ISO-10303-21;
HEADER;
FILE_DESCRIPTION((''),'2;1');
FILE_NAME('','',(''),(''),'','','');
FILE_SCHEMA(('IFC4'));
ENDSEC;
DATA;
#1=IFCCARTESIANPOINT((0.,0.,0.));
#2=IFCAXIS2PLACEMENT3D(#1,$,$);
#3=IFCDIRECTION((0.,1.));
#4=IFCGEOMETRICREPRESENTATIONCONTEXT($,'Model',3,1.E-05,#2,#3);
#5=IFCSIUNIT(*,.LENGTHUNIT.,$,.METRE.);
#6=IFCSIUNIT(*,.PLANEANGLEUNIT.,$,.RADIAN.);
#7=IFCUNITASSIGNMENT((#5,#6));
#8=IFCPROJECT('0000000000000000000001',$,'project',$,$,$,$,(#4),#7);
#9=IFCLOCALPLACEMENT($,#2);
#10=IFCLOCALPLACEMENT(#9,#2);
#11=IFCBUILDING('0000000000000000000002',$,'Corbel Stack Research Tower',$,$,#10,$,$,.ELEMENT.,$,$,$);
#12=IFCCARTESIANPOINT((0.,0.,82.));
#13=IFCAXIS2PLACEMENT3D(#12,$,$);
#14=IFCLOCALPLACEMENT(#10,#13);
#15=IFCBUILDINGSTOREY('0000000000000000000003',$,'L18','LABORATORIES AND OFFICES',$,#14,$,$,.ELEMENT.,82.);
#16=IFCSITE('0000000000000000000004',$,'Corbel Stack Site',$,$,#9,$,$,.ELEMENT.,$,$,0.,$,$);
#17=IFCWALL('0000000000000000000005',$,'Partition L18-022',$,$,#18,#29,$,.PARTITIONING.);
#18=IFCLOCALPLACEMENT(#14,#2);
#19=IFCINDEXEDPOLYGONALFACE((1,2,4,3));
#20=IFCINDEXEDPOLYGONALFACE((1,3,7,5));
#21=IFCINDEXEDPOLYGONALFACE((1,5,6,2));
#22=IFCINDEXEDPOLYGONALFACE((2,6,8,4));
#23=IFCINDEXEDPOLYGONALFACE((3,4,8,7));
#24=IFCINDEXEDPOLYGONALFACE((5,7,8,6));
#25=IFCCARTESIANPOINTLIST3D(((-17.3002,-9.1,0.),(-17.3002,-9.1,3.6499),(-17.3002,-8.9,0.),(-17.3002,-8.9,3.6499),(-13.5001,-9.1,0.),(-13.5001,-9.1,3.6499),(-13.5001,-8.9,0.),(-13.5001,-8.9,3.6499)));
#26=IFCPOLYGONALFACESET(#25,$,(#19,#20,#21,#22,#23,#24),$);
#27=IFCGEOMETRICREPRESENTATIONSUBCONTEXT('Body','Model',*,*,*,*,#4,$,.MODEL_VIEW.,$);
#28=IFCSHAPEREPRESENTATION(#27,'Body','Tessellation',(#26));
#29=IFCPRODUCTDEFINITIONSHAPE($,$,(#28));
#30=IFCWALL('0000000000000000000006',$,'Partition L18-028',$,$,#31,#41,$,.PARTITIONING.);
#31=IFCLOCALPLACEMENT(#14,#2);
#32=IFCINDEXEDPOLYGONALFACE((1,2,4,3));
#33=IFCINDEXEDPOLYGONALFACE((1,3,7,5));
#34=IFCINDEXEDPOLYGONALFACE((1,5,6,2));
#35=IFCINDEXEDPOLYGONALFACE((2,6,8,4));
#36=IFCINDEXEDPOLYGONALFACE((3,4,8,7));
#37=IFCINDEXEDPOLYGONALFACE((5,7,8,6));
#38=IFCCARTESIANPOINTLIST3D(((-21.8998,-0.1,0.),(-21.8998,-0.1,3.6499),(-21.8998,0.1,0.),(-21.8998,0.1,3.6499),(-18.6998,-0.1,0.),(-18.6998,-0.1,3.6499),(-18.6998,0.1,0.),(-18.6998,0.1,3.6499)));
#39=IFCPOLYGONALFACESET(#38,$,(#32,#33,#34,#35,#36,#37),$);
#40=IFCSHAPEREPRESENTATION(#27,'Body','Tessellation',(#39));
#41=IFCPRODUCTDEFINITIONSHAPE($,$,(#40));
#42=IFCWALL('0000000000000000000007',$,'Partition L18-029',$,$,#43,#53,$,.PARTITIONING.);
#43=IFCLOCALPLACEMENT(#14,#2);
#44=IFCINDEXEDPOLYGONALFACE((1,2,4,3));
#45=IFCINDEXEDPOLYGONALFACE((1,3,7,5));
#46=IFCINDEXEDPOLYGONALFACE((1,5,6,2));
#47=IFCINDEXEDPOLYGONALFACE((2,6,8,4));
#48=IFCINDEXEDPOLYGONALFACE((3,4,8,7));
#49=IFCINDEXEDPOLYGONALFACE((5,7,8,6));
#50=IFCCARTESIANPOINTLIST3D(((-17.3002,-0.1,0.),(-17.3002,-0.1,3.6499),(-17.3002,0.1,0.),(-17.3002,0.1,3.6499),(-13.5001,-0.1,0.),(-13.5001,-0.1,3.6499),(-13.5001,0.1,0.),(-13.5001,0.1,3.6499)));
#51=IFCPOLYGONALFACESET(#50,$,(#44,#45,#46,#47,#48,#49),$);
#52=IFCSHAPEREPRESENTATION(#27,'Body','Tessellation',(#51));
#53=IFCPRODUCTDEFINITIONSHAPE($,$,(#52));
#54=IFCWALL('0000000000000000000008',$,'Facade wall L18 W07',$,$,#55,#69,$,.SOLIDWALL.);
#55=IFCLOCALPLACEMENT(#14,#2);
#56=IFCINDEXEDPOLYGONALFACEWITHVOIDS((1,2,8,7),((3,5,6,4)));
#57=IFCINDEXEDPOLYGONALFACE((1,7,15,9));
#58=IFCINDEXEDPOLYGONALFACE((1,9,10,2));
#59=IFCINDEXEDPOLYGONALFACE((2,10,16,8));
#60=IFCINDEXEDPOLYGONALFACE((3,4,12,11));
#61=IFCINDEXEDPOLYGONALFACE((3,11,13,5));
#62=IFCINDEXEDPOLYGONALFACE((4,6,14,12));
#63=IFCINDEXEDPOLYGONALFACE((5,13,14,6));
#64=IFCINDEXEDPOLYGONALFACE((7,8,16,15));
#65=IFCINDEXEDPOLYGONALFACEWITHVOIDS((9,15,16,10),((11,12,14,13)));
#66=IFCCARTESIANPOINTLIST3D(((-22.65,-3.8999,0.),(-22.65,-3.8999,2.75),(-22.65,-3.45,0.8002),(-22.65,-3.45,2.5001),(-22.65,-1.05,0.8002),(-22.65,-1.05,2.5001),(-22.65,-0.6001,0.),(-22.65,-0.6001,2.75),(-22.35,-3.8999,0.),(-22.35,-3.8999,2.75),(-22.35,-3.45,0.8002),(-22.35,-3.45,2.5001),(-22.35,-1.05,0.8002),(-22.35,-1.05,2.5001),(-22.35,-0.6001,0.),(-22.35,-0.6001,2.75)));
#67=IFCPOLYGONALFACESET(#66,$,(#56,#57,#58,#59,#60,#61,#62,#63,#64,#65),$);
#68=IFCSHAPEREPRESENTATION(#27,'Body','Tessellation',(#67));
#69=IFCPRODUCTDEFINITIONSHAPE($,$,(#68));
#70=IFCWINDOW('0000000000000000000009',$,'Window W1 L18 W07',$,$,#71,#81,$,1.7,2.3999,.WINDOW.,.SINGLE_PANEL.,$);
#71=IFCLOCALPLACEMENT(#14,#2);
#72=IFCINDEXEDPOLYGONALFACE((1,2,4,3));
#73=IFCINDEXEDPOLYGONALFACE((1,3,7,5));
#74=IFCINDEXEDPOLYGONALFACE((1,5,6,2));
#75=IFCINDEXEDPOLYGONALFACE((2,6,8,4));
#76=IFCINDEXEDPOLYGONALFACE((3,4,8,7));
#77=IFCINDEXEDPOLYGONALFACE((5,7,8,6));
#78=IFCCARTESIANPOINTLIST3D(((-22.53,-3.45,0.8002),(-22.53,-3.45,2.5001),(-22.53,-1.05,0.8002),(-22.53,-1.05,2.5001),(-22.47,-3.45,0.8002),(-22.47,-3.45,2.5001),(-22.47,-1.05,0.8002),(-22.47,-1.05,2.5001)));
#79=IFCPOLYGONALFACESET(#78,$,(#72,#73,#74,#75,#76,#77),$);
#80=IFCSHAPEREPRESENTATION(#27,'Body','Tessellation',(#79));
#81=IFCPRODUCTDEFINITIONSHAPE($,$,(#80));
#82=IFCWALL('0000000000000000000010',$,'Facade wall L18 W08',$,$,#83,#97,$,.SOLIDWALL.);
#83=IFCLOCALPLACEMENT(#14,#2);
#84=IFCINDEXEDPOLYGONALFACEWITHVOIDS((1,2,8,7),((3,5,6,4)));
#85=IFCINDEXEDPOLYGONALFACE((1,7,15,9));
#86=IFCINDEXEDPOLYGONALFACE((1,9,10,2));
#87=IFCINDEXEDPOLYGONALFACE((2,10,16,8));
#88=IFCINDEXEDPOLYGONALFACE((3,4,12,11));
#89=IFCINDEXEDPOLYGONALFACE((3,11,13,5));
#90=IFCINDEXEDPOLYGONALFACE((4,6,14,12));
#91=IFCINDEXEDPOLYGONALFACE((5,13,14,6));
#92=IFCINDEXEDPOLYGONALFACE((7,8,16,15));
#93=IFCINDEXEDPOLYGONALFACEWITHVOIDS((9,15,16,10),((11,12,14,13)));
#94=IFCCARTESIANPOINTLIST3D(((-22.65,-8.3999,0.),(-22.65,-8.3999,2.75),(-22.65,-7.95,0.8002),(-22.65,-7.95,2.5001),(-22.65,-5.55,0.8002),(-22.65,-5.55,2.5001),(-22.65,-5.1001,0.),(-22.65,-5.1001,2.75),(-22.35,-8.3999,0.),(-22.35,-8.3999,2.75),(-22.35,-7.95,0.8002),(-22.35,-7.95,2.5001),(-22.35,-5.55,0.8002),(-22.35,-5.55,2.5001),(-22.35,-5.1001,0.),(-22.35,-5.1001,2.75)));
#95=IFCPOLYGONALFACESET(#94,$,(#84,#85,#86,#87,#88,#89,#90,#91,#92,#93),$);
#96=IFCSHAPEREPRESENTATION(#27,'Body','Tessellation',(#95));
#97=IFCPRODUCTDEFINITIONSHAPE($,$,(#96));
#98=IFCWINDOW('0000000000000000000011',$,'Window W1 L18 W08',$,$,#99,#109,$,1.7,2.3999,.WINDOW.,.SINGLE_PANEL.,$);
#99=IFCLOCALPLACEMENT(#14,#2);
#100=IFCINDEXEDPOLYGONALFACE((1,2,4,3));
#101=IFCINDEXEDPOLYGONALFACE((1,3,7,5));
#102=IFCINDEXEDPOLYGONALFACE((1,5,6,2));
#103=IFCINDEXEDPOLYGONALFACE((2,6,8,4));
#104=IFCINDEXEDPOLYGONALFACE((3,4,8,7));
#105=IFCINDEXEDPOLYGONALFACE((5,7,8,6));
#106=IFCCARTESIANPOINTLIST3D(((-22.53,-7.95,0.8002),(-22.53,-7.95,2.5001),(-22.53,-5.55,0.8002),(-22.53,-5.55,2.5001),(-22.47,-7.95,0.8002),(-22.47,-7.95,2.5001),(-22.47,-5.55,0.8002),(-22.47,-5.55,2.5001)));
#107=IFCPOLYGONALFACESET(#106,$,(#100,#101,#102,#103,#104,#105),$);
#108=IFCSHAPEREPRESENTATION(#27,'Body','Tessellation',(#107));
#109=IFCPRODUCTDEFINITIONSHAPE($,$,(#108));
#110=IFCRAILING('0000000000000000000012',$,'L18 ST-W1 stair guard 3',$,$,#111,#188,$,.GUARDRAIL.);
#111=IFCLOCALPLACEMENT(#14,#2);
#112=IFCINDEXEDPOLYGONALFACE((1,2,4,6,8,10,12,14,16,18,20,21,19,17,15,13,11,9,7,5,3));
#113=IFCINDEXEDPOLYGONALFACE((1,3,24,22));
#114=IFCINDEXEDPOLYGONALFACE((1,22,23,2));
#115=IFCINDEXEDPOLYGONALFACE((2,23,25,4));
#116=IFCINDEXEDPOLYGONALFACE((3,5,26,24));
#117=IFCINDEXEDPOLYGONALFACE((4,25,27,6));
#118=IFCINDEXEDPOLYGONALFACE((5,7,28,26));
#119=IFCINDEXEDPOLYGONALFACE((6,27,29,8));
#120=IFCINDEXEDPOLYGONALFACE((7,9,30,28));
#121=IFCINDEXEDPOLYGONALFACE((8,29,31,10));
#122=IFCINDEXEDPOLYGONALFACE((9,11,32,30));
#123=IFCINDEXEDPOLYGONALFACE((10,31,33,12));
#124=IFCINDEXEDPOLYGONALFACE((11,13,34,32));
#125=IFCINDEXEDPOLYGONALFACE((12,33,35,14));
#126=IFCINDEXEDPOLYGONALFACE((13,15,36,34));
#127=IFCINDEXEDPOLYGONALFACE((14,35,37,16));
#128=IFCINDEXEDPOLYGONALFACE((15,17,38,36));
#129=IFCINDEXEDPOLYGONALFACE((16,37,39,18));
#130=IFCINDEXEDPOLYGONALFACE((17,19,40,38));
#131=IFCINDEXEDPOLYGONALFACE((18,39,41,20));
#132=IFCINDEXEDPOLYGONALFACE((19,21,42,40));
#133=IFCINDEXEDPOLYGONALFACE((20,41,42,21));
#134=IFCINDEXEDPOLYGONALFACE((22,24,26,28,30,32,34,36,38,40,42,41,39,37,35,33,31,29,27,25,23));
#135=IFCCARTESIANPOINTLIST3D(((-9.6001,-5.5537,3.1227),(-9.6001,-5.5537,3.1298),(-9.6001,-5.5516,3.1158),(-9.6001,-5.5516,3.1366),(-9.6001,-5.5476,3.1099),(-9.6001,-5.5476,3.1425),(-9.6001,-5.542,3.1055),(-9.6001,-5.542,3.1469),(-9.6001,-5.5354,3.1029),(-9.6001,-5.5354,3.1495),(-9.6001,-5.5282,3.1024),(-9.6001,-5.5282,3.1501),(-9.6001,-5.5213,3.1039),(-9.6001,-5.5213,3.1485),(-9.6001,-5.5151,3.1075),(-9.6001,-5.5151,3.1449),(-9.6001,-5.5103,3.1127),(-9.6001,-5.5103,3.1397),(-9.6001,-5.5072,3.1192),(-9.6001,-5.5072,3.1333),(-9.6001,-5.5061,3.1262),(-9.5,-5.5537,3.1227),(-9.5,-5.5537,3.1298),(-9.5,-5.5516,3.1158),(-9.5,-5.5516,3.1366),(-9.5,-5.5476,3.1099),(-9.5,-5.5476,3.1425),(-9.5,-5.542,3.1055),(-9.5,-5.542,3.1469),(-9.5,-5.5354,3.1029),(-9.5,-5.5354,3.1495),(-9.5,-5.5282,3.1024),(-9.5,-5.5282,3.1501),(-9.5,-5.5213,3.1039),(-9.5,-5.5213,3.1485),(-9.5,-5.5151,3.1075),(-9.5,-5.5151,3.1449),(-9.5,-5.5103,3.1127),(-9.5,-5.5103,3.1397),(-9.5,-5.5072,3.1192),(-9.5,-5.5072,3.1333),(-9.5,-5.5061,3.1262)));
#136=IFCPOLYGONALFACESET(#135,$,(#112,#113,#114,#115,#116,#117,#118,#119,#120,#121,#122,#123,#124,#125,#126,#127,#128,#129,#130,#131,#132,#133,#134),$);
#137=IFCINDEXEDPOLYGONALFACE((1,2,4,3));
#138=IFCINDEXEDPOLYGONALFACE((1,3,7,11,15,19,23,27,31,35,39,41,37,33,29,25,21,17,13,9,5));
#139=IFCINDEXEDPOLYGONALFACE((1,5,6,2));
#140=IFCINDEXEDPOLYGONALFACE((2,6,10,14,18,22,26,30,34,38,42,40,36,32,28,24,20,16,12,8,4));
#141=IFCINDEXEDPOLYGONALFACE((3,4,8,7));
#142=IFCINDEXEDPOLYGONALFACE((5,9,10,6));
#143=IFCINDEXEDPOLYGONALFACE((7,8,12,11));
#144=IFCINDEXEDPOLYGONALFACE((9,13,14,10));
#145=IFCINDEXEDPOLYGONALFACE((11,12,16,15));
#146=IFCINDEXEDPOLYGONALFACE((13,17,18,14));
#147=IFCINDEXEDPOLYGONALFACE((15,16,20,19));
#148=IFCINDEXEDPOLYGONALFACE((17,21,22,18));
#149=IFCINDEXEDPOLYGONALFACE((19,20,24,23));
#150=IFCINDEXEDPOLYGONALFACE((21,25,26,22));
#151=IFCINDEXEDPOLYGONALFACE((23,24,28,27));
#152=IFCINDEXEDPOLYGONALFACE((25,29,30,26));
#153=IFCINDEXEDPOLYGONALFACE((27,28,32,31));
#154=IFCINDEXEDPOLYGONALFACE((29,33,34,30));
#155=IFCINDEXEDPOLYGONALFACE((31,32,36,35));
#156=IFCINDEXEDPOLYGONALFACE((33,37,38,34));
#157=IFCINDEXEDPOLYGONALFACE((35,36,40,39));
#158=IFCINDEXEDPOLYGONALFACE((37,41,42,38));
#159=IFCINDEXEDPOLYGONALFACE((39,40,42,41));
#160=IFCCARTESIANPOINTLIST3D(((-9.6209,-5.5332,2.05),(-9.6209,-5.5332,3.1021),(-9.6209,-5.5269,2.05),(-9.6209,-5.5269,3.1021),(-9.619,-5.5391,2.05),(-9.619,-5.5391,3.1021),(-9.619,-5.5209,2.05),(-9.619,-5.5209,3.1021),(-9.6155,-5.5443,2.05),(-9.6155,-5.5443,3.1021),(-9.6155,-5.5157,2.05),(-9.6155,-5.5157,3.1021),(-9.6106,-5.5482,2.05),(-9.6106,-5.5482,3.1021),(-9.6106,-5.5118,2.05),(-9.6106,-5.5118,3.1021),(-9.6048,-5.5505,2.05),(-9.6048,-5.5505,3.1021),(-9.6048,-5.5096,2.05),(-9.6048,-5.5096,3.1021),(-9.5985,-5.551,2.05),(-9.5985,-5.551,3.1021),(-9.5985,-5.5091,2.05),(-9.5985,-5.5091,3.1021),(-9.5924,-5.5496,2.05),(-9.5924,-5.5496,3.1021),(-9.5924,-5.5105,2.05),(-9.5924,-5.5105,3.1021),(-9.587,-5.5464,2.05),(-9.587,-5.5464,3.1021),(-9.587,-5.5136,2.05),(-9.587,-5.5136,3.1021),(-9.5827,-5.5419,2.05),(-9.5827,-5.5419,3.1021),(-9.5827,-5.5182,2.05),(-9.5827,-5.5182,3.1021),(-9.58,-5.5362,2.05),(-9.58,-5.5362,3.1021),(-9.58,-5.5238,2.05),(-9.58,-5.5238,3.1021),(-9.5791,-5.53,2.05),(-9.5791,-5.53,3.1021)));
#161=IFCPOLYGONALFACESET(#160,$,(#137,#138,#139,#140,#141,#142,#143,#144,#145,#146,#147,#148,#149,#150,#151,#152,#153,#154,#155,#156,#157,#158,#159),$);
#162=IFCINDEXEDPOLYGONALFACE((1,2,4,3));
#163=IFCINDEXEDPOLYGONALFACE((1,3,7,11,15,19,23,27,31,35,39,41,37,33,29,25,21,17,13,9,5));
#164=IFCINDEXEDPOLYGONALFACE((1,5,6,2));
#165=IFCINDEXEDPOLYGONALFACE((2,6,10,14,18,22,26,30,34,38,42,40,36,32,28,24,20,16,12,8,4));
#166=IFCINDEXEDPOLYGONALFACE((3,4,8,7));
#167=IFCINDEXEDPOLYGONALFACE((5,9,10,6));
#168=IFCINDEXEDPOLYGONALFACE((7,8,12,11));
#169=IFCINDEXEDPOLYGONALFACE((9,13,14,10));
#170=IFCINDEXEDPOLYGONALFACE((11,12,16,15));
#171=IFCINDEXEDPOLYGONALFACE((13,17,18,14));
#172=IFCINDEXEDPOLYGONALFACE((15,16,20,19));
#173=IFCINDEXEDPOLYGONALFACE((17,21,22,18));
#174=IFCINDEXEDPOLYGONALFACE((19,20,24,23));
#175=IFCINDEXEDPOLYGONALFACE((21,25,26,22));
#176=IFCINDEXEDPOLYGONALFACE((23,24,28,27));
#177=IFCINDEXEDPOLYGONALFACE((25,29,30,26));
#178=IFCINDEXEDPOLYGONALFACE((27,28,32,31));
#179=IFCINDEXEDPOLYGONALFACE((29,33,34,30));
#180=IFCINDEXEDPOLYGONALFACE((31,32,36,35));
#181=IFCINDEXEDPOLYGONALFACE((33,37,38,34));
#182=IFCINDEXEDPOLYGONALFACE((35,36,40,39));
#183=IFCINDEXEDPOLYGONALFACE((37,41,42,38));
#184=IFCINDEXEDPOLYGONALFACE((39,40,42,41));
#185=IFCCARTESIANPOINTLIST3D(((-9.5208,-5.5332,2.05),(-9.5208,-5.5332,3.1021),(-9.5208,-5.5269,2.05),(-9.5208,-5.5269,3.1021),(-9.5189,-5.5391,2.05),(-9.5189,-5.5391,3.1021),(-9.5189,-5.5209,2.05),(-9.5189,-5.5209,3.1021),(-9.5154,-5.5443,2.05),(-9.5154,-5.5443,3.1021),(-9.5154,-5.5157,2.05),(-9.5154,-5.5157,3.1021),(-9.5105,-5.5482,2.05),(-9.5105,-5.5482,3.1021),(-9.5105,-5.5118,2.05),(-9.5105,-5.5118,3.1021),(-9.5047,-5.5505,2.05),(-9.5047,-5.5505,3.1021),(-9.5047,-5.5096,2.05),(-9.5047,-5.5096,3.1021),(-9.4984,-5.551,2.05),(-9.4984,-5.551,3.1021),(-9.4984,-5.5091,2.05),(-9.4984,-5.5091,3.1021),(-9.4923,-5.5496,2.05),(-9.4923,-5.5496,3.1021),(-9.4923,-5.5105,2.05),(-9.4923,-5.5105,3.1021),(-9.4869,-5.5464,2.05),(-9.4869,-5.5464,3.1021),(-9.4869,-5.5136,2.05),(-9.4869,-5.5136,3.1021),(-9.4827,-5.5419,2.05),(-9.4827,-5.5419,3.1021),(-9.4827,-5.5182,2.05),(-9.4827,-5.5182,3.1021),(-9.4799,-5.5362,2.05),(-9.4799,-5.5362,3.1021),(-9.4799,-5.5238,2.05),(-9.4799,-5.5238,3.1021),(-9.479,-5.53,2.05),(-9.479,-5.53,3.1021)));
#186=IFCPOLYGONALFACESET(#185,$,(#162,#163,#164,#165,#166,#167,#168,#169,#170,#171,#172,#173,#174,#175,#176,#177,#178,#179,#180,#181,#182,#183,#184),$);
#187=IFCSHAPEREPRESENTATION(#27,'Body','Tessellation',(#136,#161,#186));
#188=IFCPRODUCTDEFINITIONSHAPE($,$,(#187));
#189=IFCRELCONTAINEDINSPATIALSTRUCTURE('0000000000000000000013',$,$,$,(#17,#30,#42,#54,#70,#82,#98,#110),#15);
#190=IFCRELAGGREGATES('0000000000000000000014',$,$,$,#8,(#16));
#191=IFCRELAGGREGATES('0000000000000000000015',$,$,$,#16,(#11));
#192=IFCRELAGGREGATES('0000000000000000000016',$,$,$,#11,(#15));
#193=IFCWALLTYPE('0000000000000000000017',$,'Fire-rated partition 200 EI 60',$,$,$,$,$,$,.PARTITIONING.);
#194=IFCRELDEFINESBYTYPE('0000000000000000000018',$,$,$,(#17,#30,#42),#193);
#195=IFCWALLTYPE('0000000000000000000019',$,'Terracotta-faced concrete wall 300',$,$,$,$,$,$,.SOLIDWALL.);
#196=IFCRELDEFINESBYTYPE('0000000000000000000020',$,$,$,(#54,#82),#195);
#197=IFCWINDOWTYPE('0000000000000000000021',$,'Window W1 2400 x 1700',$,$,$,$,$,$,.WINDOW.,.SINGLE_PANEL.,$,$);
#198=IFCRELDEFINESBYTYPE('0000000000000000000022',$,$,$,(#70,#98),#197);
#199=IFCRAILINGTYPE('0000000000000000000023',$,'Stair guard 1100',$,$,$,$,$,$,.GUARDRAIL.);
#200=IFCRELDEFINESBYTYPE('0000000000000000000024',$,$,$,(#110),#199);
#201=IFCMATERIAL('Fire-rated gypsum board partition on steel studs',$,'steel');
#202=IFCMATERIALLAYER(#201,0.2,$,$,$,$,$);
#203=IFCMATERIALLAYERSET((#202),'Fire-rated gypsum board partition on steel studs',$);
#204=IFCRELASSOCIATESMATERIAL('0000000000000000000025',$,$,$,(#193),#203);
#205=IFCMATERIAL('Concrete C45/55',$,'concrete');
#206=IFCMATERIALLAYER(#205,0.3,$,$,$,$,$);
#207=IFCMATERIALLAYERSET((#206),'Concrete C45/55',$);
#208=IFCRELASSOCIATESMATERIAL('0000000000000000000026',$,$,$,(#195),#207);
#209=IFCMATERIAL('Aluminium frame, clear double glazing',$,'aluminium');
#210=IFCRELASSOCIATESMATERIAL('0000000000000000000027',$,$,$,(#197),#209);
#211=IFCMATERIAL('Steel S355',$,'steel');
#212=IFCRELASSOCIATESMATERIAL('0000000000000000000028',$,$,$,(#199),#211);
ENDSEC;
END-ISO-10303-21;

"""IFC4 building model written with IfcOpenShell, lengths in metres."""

from ifc_helpers import new_model, si_unit, direction, frame, frame_2d, origin, origin_2d, place, context, subcontext, project, spatial, rectangle, circle, extrude, material, layer, layer_set, type_object, element, fill, save


model = new_model("IFC4")

# Units and contexts
model_context = context("Model", 3, precision=1e-05, world=origin(), true_north=direction((0.0, 1.0)))
body_context = subcontext(model_context, "Body", "Model", "MODEL_VIEW")
ifc_project = project(units=[si_unit("LENGTHUNIT", "METRE"), si_unit("PLANEANGLEUNIT", "RADIAN")], contexts=[model_context])

# Site, building, storey
site_placement = place(None, origin())
site = spatial("IfcSite", under=ifc_project, at=site_placement, Name="Corbel Stack Site", CompositionType="ELEMENT", RefElevation=0.0)
building_placement = place(site_placement, origin())
building = spatial("IfcBuilding", under=site, at=building_placement, Name="Corbel Stack Research Tower", CompositionType="ELEMENT")
storey_placement = place(building_placement, frame((0.0, 0.0, 82.0)))
storey = spatial("IfcBuildingStorey", under=building, at=storey_placement, Name="L18", Description="LABORATORIES AND OFFICES", CompositionType="ELEMENT", Elevation=82.0)

# Shared definitions
ifc_material_1 = material(Name="Fire-rated gypsum board partition on steel studs", Category="steel")
ifc_layer_1 = layer(ifc_material_1, 0.2)
ifc_layer_set_1 = layer_set([ifc_layer_1], Name="Fire-rated gypsum board partition on steel studs")
wall_type_1 = type_object("IfcWallType", Name="Fire-rated partition 200 EI 60", PredefinedType="PARTITIONING", material=ifc_layer_set_1)

# Walls
wall_1_placement = place(storey_placement, frame((-17.3, -9.0, 0.0), z_axis=(0.0, 0.0, 1.0), x_axis=(1.0, 0.0, 0.0)))
element("IfcWall", 1, at=wall_1_placement, inside=storey, type_object=wall_type_1, Name="Partition L18-022", PredefinedType="PARTITIONING", context=body_context, shape_type="SweptSolid", body=[
    extrude(rectangle(XDim=3.8, YDim=0.2, at=frame_2d((1.8999, 0.0))), origin(), (0.0, 0.0, 1.0), 3.6499),
])
wall_2_placement = place(storey_placement, frame((-21.8999, 0.0, 0.0), z_axis=(0.0, 0.0, 1.0), x_axis=(1.0, 0.0, 0.0)))
element("IfcWall", 2, at=wall_2_placement, inside=storey, type_object=wall_type_1, Name="Partition L18-028", PredefinedType="PARTITIONING", context=body_context, shape_type="SweptSolid", body=[
    extrude(rectangle(XDim=3.2, YDim=0.2, at=frame_2d((1.6001, 0.0))), origin(), (0.0, 0.0, 1.0), 3.6499),
])
wall_3_placement = place(storey_placement, frame((-17.3, 0.0, 0.0), z_axis=(0.0, 0.0, 1.0), x_axis=(1.0, 0.0, 0.0)))
element("IfcWall", 3, at=wall_3_placement, inside=storey, type_object=wall_type_1, Name="Partition L18-029", PredefinedType="PARTITIONING", context=body_context, shape_type="SweptSolid", body=[
    extrude(rectangle(XDim=3.8, YDim=0.2, at=frame_2d((1.8999, 0.0))), origin(), (0.0, 0.0, 1.0), 3.6499),
])

# Walls, openings, windows
ifc_material_2 = material(Name="Concrete C45/55", Category="concrete")
ifc_layer_2 = layer(ifc_material_2, 0.3)
ifc_layer_set_2 = layer_set([ifc_layer_2], Name="Concrete C45/55")
wall_type_2 = type_object("IfcWallType", Name="Terracotta-faced concrete wall 300", PredefinedType="SOLIDWALL", material=ifc_layer_set_2)
wall_4_placement = place(storey_placement, frame((-22.5, -3.8999, 0.0), z_axis=(0.0, 0.0, 1.0), x_axis=(0.0, 1.0, 0.0)))
wall_4 = element("IfcWall", 4, at=wall_4_placement, inside=storey, type_object=wall_type_2, Name="Facade wall L18 W07", PredefinedType="SOLIDWALL", context=body_context, shape_type="SweptSolid", body=[
    extrude(rectangle(XDim=3.2998, YDim=0.3, at=frame_2d((1.6499, 0.0))), origin(), (0.0, 0.0, 1.0), 2.75),
])
opening_1_placement = place(wall_4_placement, frame((0.45, 0.0, 0.8)))
opening_1 = element("IfcOpeningElement", 5, at=opening_1_placement, cuts=wall_4, PredefinedType="OPENING", context=body_context, shape_type="SweptSolid", body=[
    extrude(rectangle(XDim=2.3999, YDim=1.7, at=frame_2d((1.2, 0.8501))), frame((0.0, 0.1599, 0.0), z_axis=(0.0, -1.0, 0.0), x_axis=(1.0, 0.0, 0.0)), (0.0, 0.0, 1.0), 0.3201),
])
ifc_material_3 = material(Name="Aluminium frame, clear double glazing", Category="aluminium")
window_type = type_object("IfcWindowType", Name="Window W1 2400 x 1700", PartitioningType="SINGLE_PANEL", PredefinedType="WINDOW", material=ifc_material_3)
window_1_placement = place(opening_1_placement, origin())
window_1 = element("IfcWindow", 6, at=window_1_placement, inside=storey, type_object=window_type, Name="Window W1 L18 W07", OverallHeight=1.7, OverallWidth=2.3999, PartitioningType="SINGLE_PANEL", PredefinedType="WINDOW", context=body_context, shape_type="SweptSolid", body=[
    extrude(rectangle(XDim=2.3999, YDim=1.7, at=frame_2d((1.2, 0.8501))), frame((0.0, 0.03, 0.0), z_axis=(0.0, -1.0, 0.0), x_axis=(1.0, 0.0, 0.0)), (0.0, 0.0, 1.0), 0.0601),
])
fill(opening_1, window_1)
wall_5_placement = place(storey_placement, frame((-22.5, -8.3999, 0.0), z_axis=(0.0, 0.0, 1.0), x_axis=(0.0, 1.0, 0.0)))
wall_5 = element("IfcWall", 7, at=wall_5_placement, inside=storey, type_object=wall_type_2, Name="Facade wall L18 W08", PredefinedType="SOLIDWALL", context=body_context, shape_type="SweptSolid", body=[
    extrude(rectangle(XDim=3.2998, YDim=0.3, at=frame_2d((1.6499, 0.0))), origin(), (0.0, 0.0, 1.0), 2.75),
])
opening_2_placement = place(wall_5_placement, frame((0.45, 0.0, 0.8)))
opening_2 = element("IfcOpeningElement", 8, at=opening_2_placement, cuts=wall_5, PredefinedType="OPENING", context=body_context, shape_type="SweptSolid", body=[
    extrude(rectangle(XDim=2.3999, YDim=1.7, at=frame_2d((1.2, 0.8501))), frame((0.0, 0.1599, 0.0), z_axis=(0.0, -1.0, 0.0), x_axis=(1.0, 0.0, 0.0)), (0.0, 0.0, 1.0), 0.3201),
])
window_2_placement = place(opening_2_placement, origin())
window_2 = element("IfcWindow", 9, at=window_2_placement, inside=storey, type_object=window_type, Name="Window W1 L18 W08", OverallHeight=1.7, OverallWidth=2.3999, PartitioningType="SINGLE_PANEL", PredefinedType="WINDOW", context=body_context, shape_type="SweptSolid", body=[
    extrude(rectangle(XDim=2.3999, YDim=1.7, at=frame_2d((1.2, 0.8501))), frame((0.0, 0.03, 0.0), z_axis=(0.0, -1.0, 0.0), x_axis=(1.0, 0.0, 0.0)), (0.0, 0.0, 1.0), 0.0601),
])
fill(opening_2, window_2)

# Railing
ifc_material_4 = material(Name="Steel S355", Category="steel")
railing_type_1 = type_object("IfcRailingType", Name="Stair guard 1100", PredefinedType="GUARDRAIL", material=ifc_material_4)
for number, where, name in (
    (10, (-9.6001, -5.53, 2.05), "L18 ST-W1 stair guard 3"),
):
    element("IfcRailing", number, at=place(storey_placement, frame(where)), inside=storey, type_object=railing_type_1, Name=name, PredefinedType="GUARDRAIL", context=body_context, shape_type="SweptSolid", body=[
        extrude(circle(Radius=0.0239, at=origin_2d()), frame((0.0, 0.0, 1.0762), z_axis=(1.0, 0.0, 0.0), x_axis=(0.0, 1.0, 0.0)), (0.0, 0.0, 1.0), 0.1001),
        extrude(circle(Radius=0.021, at=origin_2d()), origin(), (0.0, 0.0, 1.0), 1.052),
        extrude(circle(Radius=0.021, at=origin_2d()), frame((0.1001, 0.0, 0.0)), (0.0, 0.0, 1.0), 1.052),
    ])

save(model, "model.ifc")
